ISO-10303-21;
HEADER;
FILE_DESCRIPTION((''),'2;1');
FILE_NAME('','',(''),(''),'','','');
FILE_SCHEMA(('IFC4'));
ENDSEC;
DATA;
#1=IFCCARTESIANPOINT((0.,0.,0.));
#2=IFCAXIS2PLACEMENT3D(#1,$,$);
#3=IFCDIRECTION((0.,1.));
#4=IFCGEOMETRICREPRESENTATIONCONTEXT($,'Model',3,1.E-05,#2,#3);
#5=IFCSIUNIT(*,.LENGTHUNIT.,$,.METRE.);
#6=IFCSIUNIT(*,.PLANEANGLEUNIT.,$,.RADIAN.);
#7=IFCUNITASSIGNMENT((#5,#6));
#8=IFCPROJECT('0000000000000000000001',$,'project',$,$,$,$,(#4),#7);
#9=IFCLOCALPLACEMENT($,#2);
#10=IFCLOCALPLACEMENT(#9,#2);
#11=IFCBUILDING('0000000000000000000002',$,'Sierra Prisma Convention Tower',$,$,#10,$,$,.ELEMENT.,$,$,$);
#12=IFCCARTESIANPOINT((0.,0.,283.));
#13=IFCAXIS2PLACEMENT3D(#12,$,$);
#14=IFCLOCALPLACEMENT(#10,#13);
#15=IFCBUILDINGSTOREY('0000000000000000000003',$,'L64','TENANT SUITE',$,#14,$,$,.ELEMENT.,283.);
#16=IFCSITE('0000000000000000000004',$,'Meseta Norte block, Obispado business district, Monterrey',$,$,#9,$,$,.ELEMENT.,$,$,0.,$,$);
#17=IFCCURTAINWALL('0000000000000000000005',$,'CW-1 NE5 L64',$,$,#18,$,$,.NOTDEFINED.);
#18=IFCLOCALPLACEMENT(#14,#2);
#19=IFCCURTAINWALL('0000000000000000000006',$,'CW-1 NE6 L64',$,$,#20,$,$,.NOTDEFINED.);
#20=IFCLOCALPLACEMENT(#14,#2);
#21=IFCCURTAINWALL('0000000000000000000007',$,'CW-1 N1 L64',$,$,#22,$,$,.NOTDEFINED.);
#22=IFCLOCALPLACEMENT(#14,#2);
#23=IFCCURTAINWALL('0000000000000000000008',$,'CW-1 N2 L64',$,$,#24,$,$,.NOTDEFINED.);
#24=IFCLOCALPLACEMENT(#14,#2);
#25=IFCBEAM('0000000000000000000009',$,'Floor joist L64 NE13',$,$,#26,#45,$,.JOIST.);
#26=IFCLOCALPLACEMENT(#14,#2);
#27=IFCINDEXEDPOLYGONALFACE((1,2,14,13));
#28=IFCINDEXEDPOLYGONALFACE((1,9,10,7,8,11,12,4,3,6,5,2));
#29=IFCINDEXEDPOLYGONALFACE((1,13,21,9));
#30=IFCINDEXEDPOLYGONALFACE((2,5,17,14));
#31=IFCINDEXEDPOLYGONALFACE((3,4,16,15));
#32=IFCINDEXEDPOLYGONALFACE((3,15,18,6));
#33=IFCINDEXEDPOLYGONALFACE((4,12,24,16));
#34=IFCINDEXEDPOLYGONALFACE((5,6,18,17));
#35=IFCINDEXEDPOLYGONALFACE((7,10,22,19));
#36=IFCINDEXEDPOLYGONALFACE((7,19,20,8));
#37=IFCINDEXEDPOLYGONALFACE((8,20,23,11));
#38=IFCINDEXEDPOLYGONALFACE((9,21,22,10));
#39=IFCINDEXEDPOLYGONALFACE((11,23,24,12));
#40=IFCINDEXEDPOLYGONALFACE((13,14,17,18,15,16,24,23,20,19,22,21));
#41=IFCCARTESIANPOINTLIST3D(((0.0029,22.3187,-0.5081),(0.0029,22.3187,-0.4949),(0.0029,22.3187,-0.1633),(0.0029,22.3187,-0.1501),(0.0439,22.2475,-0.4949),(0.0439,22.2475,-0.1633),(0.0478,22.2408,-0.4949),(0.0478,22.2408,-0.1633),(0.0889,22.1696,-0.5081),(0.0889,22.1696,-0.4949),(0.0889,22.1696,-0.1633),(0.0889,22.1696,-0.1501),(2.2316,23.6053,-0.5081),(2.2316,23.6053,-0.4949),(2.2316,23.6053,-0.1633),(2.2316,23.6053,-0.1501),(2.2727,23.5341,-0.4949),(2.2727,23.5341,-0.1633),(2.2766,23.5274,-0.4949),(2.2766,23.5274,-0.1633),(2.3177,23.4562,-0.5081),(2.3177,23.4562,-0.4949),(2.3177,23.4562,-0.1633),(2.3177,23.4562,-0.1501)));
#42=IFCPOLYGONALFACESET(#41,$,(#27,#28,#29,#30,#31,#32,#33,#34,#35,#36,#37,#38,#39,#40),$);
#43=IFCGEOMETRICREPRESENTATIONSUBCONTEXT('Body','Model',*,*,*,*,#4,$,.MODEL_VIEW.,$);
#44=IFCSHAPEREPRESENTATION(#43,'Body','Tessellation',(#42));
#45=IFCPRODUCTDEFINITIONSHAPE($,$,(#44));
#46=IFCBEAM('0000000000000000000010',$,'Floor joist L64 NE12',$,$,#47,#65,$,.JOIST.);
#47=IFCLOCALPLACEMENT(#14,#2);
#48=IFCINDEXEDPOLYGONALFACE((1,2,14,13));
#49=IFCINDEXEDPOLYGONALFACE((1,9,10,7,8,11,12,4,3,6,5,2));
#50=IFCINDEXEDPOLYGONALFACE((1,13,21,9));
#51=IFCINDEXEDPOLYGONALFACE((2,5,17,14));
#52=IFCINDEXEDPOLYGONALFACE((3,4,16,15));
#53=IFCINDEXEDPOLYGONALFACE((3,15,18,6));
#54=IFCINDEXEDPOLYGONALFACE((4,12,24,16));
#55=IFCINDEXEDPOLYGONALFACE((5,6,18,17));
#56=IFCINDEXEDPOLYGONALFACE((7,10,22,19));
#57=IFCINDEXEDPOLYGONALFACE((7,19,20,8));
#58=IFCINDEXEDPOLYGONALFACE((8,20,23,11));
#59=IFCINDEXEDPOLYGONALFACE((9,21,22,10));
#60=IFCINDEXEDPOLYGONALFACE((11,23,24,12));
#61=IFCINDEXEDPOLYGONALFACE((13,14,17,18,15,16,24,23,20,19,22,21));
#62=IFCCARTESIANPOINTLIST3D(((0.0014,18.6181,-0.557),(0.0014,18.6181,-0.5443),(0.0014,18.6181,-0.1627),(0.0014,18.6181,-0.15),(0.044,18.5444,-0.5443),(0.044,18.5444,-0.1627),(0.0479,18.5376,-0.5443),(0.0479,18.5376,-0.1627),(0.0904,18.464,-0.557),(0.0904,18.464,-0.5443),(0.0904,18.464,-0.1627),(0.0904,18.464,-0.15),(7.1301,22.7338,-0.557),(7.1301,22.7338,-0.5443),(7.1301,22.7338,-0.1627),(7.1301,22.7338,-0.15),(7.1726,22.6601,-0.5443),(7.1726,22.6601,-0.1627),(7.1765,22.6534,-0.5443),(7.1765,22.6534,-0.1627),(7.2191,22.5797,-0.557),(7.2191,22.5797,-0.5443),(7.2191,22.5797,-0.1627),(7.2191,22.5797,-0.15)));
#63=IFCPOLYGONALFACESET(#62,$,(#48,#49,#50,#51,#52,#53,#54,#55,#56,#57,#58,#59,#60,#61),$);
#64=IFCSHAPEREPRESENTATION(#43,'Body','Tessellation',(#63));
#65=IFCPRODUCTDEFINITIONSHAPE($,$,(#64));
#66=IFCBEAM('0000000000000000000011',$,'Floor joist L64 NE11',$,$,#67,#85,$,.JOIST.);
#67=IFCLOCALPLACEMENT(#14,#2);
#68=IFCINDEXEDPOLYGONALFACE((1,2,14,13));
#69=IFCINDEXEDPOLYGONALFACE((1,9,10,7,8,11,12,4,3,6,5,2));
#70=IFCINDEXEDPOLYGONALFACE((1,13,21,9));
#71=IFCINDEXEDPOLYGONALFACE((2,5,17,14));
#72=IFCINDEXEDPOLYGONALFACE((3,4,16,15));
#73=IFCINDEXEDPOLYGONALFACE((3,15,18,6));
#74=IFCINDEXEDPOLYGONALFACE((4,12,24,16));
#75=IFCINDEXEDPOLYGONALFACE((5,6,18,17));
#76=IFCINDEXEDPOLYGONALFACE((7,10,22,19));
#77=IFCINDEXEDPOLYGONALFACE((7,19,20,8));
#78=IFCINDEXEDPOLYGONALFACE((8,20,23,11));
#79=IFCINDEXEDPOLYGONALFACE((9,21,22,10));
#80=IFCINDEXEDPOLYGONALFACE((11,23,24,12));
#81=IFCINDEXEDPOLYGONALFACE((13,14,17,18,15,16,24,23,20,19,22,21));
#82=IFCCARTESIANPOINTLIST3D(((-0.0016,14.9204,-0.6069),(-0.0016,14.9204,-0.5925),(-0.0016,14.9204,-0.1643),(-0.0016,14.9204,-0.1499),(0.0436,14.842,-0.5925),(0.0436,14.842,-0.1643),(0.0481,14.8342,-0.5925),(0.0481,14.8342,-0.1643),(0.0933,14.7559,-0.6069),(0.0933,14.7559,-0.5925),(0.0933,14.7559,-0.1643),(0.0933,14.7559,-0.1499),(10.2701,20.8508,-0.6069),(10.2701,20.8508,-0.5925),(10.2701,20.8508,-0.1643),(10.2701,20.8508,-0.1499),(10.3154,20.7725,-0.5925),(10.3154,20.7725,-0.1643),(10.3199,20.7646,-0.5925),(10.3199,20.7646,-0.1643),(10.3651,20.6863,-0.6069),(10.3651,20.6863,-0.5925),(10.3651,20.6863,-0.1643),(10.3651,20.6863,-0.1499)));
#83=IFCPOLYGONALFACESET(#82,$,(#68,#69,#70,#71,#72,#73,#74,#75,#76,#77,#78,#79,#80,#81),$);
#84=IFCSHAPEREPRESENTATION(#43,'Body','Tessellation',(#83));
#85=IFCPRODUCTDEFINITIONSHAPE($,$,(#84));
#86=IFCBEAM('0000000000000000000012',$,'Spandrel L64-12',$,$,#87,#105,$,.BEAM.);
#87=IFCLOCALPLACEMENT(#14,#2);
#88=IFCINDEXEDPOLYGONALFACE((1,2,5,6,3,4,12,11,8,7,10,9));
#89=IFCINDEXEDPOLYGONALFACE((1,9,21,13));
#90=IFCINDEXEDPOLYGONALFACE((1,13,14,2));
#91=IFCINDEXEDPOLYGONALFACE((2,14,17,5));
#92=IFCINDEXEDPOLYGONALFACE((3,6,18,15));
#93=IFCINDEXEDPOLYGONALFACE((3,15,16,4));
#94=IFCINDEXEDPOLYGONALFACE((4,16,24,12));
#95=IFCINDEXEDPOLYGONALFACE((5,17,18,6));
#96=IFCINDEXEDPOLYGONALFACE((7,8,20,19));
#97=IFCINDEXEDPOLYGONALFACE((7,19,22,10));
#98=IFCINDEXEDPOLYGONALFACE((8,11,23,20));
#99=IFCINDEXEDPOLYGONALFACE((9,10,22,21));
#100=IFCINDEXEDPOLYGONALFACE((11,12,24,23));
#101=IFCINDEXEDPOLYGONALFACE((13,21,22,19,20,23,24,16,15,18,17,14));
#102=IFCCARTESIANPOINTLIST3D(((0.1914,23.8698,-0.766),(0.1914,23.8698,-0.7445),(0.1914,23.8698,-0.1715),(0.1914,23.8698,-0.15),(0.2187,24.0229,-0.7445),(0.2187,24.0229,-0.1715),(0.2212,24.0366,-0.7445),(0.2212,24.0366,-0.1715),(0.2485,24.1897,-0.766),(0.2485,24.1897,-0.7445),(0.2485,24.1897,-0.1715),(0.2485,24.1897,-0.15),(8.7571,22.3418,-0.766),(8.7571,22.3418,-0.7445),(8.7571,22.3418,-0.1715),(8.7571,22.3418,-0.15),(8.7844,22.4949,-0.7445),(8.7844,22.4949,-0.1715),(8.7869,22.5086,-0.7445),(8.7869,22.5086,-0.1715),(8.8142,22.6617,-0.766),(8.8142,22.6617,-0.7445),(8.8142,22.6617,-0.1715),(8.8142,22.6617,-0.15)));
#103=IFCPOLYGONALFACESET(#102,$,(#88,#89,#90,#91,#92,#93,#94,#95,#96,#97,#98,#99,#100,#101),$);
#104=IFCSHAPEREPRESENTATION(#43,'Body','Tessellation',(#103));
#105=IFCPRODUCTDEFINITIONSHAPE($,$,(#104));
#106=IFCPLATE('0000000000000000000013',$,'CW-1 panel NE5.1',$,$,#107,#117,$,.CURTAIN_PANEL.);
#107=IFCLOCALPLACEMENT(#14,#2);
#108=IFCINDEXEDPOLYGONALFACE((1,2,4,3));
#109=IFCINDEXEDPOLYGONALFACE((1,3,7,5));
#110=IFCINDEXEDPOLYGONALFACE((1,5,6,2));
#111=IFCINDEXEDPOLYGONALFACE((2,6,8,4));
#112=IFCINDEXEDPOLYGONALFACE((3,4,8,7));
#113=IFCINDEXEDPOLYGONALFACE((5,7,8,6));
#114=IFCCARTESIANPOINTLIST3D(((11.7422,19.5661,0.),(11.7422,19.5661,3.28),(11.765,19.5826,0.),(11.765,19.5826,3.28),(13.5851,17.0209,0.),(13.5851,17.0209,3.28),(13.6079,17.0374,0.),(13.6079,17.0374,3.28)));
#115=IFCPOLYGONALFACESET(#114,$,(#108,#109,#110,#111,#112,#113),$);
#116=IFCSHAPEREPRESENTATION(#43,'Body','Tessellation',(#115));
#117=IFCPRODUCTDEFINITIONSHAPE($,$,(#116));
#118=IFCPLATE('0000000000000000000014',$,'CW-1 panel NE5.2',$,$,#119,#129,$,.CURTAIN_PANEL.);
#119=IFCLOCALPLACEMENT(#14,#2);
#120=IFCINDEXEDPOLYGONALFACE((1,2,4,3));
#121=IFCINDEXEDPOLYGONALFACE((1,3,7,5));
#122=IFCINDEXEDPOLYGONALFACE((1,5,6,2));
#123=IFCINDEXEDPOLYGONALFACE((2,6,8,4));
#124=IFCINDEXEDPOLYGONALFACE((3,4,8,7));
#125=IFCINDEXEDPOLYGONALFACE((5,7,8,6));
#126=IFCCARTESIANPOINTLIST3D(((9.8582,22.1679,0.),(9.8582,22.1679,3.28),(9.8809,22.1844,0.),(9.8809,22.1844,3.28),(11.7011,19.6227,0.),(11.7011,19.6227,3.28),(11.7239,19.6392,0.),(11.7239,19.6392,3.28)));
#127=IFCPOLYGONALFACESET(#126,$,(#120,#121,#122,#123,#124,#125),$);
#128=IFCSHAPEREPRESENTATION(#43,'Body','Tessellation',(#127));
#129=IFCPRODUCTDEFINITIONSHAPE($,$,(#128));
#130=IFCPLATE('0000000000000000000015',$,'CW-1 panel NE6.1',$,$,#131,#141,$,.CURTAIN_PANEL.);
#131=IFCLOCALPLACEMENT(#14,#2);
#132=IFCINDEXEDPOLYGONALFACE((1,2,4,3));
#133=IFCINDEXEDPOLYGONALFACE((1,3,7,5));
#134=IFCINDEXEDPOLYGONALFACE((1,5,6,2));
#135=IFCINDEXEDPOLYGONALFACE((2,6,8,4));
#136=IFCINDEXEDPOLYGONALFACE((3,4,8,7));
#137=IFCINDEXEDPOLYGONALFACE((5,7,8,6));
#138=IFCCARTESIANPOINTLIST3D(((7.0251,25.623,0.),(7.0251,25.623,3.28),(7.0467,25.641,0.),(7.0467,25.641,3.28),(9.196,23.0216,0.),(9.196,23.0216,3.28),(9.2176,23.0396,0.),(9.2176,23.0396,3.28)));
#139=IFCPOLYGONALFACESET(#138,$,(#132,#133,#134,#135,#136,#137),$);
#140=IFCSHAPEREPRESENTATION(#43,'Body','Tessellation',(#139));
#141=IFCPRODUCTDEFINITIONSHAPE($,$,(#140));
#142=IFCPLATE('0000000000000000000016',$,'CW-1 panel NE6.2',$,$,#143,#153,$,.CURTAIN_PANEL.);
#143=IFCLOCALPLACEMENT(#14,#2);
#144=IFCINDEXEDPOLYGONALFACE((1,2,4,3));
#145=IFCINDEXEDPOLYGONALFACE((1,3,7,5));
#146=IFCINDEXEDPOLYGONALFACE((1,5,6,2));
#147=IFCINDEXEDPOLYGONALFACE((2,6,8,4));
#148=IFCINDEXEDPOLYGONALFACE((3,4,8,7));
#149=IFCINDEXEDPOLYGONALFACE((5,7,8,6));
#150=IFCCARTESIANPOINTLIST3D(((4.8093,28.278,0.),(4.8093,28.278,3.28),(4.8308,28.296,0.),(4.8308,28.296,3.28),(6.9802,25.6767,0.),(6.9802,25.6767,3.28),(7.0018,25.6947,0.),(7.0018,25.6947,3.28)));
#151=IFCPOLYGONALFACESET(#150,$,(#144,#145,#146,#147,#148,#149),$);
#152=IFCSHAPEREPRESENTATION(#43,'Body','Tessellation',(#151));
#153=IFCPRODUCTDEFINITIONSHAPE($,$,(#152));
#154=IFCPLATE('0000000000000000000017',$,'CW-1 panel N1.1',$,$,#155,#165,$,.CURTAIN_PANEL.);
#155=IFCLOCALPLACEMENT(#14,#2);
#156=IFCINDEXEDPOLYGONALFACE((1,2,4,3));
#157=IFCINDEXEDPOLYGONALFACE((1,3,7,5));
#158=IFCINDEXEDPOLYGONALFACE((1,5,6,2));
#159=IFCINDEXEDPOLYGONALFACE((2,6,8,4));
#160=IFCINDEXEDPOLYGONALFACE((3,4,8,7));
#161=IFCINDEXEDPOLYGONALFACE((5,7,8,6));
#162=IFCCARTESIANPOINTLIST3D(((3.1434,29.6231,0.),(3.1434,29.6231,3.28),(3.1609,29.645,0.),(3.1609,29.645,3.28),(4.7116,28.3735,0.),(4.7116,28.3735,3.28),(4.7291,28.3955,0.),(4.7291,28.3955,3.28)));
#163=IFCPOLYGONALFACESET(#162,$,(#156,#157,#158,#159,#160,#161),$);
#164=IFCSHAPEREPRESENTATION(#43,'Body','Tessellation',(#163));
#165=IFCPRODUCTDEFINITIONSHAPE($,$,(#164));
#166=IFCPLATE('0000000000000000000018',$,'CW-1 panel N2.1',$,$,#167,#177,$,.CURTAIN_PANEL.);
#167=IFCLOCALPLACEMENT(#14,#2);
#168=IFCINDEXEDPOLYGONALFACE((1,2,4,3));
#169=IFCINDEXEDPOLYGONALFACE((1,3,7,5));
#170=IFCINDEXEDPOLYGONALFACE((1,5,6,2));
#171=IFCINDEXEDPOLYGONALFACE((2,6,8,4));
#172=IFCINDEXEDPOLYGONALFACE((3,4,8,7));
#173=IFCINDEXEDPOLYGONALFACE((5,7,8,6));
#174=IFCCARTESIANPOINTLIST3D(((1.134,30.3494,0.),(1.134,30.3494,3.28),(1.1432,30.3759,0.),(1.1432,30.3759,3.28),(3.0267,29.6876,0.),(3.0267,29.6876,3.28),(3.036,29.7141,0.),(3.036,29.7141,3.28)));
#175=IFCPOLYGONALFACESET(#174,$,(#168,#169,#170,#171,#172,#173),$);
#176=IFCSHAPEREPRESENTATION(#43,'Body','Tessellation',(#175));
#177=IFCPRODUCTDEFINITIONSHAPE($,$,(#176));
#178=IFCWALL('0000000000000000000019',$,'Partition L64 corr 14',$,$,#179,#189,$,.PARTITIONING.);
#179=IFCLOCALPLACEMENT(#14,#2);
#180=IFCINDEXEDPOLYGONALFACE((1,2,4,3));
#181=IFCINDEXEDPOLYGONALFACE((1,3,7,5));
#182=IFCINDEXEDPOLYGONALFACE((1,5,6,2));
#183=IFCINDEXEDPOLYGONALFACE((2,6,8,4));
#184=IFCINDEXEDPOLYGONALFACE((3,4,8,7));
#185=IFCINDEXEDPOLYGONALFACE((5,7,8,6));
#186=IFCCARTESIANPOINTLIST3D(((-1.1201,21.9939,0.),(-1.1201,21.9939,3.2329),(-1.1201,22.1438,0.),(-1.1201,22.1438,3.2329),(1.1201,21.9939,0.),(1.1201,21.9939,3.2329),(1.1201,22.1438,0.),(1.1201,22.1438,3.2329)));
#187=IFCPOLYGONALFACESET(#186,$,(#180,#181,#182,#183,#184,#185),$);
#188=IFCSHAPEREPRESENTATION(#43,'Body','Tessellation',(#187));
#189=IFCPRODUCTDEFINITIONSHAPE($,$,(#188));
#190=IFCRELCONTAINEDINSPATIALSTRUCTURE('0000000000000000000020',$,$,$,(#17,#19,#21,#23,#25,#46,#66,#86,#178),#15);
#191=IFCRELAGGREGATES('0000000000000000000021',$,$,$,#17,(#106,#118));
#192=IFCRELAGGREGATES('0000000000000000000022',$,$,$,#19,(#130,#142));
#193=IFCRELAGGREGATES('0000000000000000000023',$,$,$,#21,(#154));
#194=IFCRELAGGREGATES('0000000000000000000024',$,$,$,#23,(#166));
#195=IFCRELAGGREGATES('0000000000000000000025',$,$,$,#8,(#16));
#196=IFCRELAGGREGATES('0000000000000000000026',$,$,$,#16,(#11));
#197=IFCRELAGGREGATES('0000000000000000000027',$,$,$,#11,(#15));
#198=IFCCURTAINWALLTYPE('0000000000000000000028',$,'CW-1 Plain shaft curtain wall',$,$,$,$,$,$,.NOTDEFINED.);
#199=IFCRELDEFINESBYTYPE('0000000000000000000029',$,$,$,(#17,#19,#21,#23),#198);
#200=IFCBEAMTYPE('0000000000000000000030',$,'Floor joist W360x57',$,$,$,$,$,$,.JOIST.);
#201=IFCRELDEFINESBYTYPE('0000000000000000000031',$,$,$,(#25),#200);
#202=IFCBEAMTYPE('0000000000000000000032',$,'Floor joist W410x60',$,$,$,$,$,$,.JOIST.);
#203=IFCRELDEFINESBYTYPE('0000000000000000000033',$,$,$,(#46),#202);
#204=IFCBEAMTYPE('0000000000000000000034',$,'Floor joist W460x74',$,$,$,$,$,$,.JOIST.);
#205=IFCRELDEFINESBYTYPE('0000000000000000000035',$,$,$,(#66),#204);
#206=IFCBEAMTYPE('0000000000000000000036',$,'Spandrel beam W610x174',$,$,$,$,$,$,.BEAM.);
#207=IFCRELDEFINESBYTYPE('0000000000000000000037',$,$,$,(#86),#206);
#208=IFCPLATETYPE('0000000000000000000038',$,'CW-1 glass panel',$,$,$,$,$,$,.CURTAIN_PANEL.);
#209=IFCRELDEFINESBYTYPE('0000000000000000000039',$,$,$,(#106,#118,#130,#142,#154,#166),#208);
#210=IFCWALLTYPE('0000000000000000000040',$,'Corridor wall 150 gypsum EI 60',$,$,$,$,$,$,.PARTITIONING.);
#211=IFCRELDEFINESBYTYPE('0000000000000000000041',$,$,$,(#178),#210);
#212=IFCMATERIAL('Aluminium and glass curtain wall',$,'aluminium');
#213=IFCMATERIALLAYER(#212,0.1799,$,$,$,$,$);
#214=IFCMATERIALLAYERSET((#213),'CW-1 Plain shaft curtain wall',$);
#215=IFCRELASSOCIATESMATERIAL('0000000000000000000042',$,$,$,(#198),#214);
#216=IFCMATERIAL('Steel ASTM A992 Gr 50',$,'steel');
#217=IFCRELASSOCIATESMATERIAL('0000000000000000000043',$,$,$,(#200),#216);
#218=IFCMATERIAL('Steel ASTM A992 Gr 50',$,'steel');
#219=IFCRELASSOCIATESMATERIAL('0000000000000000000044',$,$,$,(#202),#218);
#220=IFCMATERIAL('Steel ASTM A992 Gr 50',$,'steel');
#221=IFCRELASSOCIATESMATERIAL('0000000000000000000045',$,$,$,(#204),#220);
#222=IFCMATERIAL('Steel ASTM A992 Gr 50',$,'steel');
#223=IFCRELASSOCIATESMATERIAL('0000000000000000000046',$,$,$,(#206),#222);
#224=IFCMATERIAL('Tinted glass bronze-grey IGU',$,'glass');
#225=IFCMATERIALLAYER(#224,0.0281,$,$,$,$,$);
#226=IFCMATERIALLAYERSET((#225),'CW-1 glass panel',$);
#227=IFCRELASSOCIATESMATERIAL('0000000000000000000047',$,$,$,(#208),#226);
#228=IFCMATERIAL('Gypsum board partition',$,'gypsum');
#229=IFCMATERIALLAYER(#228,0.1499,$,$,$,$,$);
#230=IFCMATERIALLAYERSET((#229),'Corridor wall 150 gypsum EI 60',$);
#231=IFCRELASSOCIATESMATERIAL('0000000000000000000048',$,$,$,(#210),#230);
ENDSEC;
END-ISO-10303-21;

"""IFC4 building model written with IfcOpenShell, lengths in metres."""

from ifc_helpers import new_model, si_unit, direction, frame, frame_2d, origin, origin_2d, place, context, subcontext, project, spatial, rectangle, i_section, extrude, material, layer, layer_set, material_profile, profile_set, type_object, element, aggregate, save


model = new_model("IFC4")

# Units and contexts
model_context = context("Model", 3, precision=1e-05, world=origin(), true_north=direction((0.0, 1.0)))
body_context = subcontext(model_context, "Body", "Model", "MODEL_VIEW")
ifc_project = project(units=[si_unit("LENGTHUNIT", "METRE"), si_unit("PLANEANGLEUNIT", "RADIAN")], contexts=[model_context])

# Site, building, storey
site_placement = place(None, origin())
site = spatial("IfcSite", under=ifc_project, at=site_placement, Name="Meseta Norte block, Obispado business district, Monterrey", CompositionType="ELEMENT", RefElevation=0.0)
building_placement = place(site_placement, origin())
building = spatial("IfcBuilding", under=site, at=building_placement, Name="Sierra Prisma Convention Tower", CompositionType="ELEMENT")
storey_placement = place(building_placement, frame((0.0, 0.0, 283.0)))
storey = spatial("IfcBuildingStorey", under=building, at=storey_placement, Name="L64", Description="TENANT SUITE", CompositionType="ELEMENT", Elevation=283.0)

# Curtain wall
ifc_material_1 = material(Name="Aluminium and glass curtain wall", Category="aluminium")
ifc_layer_1 = layer(ifc_material_1, 0.1799)
ifc_layer_set_1 = layer_set([ifc_layer_1], Name="CW-1 Plain shaft curtain wall")
curtain_wall_type = type_object("IfcCurtainWallType", Name="CW-1 Plain shaft curtain wall", PredefinedType="NOTDEFINED", material=ifc_layer_set_1)
curtain_wall_1_placement = place(storey_placement, origin())
curtain_wall_1 = element("IfcCurtainWall", 1, at=curtain_wall_1_placement, inside=storey, type_object=curtain_wall_type, Name="CW-1 NE5 L64", PredefinedType="NOTDEFINED")

# Curtain walls
curtain_wall_2_placement = place(storey_placement, origin())
curtain_wall_2 = element("IfcCurtainWall", 2, at=curtain_wall_2_placement, inside=storey, type_object=curtain_wall_type, Name="CW-1 NE6 L64", PredefinedType="NOTDEFINED")
curtain_wall_3_placement = place(storey_placement, origin())
curtain_wall_3 = element("IfcCurtainWall", 3, at=curtain_wall_3_placement, inside=storey, type_object=curtain_wall_type, Name="CW-1 N1 L64", PredefinedType="NOTDEFINED")
curtain_wall_4_placement = place(storey_placement, origin())
curtain_wall_4 = element("IfcCurtainWall", 4, at=curtain_wall_4_placement, inside=storey, type_object=curtain_wall_type, Name="CW-1 N2 L64", PredefinedType="NOTDEFINED")

# Beams
ifc_material_2 = material(Name="Steel ASTM A992 Gr 50", Category="steel")
ifc_material_profile_1 = material_profile(ifc_material_2, i_section(OverallWidth=0.1721, OverallDepth=0.3579, WebThickness=0.0078, FlangeThickness=0.0132, at=origin_2d()), Name="W360x57")
ifc_profile_set_1 = profile_set([ifc_material_profile_1], Name="Steel ASTM A992 Gr 50")
beam_type_1 = type_object("IfcBeamType", Name="Floor joist W360x57", PredefinedType="JOIST", material=ifc_profile_set_1)
beam_1_placement = place(storey_placement, frame((2.2747, 23.5308, -0.3291), z_axis=(-0.866051, -0.499955, 0.0), x_axis=(0.499955, -0.866051, 0.0)))
element("IfcBeam", 5, at=beam_1_placement, inside=storey, type_object=beam_type_1, Name="Floor joist L64 NE13", PredefinedType="JOIST", context=body_context, shape_type="SweptSolid", body=[
    extrude(i_section(OverallWidth=0.1721, OverallDepth=0.3579, WebThickness=0.0078, FlangeThickness=0.0132, at=origin_2d()), origin(), (0.0, 0.0, 1.0), 2.5735),
])
ifc_material_3 = material(Name="Steel ASTM A992 Gr 50", Category="steel")
ifc_material_profile_2 = material_profile(ifc_material_3, i_section(OverallWidth=0.178, OverallDepth=0.407, WebThickness=0.0078, FlangeThickness=0.0127, at=origin_2d()), Name="W410x60")
ifc_profile_set_2 = profile_set([ifc_material_profile_2], Name="Steel ASTM A992 Gr 50")
beam_type_2 = type_object("IfcBeamType", Name="Floor joist W410x60", PredefinedType="JOIST", material=ifc_profile_set_2)
beam_2_placement = place(storey_placement, frame((7.1746, 22.6567, -0.3535), z_axis=(-0.866026, -0.499999, 0.0), x_axis=(0.499999, -0.866026, 0.0)))
element("IfcBeam", 6, at=beam_2_placement, inside=storey, type_object=beam_type_2, Name="Floor joist L64 NE12", PredefinedType="JOIST", context=body_context, shape_type="SweptSolid", body=[
    extrude(i_section(OverallWidth=0.178, OverallDepth=0.407, WebThickness=0.0078, FlangeThickness=0.0127, at=origin_2d()), origin(), (0.0, 0.0, 1.0), 8.2314),
])
ifc_material_4 = material(Name="Steel ASTM A992 Gr 50", Category="steel")
ifc_material_profile_3 = material_profile(ifc_material_4, i_section(OverallWidth=0.1899, OverallDepth=0.457, WebThickness=0.009, FlangeThickness=0.0144, at=origin_2d()), Name="W460x74")
ifc_profile_set_3 = profile_set([ifc_material_profile_3], Name="Steel ASTM A992 Gr 50")
beam_type_3 = type_object("IfcBeamType", Name="Floor joist W460x74", PredefinedType="JOIST", material=ifc_profile_set_3)
beam_3_placement = place(storey_placement, frame((10.3176, 20.7686, -0.3784), z_axis=(-0.866024, -0.500002, 0.0), x_axis=(0.500002, -0.866024, 0.0)))
element("IfcBeam", 7, at=beam_3_placement, inside=storey, type_object=beam_type_3, Name="Floor joist L64 NE11", PredefinedType="JOIST", context=body_context, shape_type="SweptSolid", body=[
    extrude(i_section(OverallWidth=0.1899, OverallDepth=0.457, WebThickness=0.009, FlangeThickness=0.0144, at=origin_2d()), origin(), (0.0, 0.0, 1.0), 11.8608),
])
ifc_material_5 = material(Name="Steel ASTM A992 Gr 50", Category="steel")
ifc_material_profile_4 = material_profile(ifc_material_5, i_section(OverallWidth=0.325, OverallDepth=0.616, WebThickness=0.0139, FlangeThickness=0.0215, at=origin_2d()), Name="W610x174")
ifc_profile_set_4 = profile_set([ifc_material_profile_4], Name="Steel ASTM A992 Gr 50")
beam_type_4 = type_object("IfcBeamType", Name="Spandrel beam W610x174", PredefinedType="BEAM", material=ifc_profile_set_4)
beam_4_placement = place(storey_placement, frame((8.7856, 22.5017, -0.458), z_axis=(-0.984458, 0.175623, 0.0), x_axis=(-0.175623, -0.984458, 0.0)))
element("IfcBeam", 8, at=beam_4_placement, inside=storey, type_object=beam_type_4, Name="Spandrel L64-12", PredefinedType="BEAM", context=body_context, shape_type="SweptSolid", body=[
    extrude(i_section(OverallWidth=0.325, OverallDepth=0.616, WebThickness=0.0139, FlangeThickness=0.0215, at=origin_2d()), origin(), (0.0, 0.0, 1.0), 8.7009),
])

# Plates
ifc_material_6 = material(Name="Tinted glass bronze-grey IGU", Category="glass")
ifc_layer_2 = layer(ifc_material_6, 0.0281)
ifc_layer_set_2 = layer_set([ifc_layer_2], Name="CW-1 glass panel")
plate_type = type_object("IfcPlateType", Name="CW-1 glass panel", PredefinedType="CURTAIN_PANEL", material=ifc_layer_set_2)
plate_1_placement = place(storey_placement, frame((12.675, 18.3018, 0.0), z_axis=(0.0, 0.0, 1.0), x_axis=(-0.586484, 0.809961, 0.0)))
plate_1 = element("IfcPlate", 9, at=plate_1_placement, type_object=plate_type, Name="CW-1 panel NE5.1", PredefinedType="CURTAIN_PANEL", context=body_context, shape_type="SweptSolid", body=[
    extrude(rectangle(XDim=3.1423, YDim=0.0281, at=origin_2d()), origin(), (0.0, 0.0, 1.0), 3.28),
])
plate_2_placement = place(storey_placement, frame((10.791, 20.9036, 0.0), z_axis=(0.0, 0.0, 1.0), x_axis=(-0.586484, 0.809961, 0.0)))
plate_2 = element("IfcPlate", 10, at=plate_2_placement, type_object=plate_type, Name="CW-1 panel NE5.2", PredefinedType="CURTAIN_PANEL", context=body_context, shape_type="SweptSolid", body=[
    extrude(rectangle(XDim=3.1423, YDim=0.0281, at=origin_2d()), origin(), (0.0, 0.0, 1.0), 3.28),
])
aggregate(curtain_wall_1, [plate_1, plate_2])
plate_3_placement = place(storey_placement, frame((8.1213, 24.3313, 0.0), z_axis=(0.0, 0.0, 1.0), x_axis=(-0.640733, 0.767764, 0.0)))
plate_3 = element("IfcPlate", 11, at=plate_3_placement, type_object=plate_type, Name="CW-1 panel NE6.1", PredefinedType="CURTAIN_PANEL", context=body_context, shape_type="SweptSolid", body=[
    extrude(rectangle(XDim=3.3882, YDim=0.0281, at=origin_2d()), origin(), (0.0, 0.0, 1.0), 3.28),
])
plate_4_placement = place(storey_placement, frame((5.9055, 26.9863, 0.0), z_axis=(0.0, 0.0, 1.0), x_axis=(-0.640733, 0.767764, 0.0)))
plate_4 = element("IfcPlate", 12, at=plate_4_placement, type_object=plate_type, Name="CW-1 panel NE6.2", PredefinedType="CURTAIN_PANEL", context=body_context, shape_type="SweptSolid", body=[
    extrude(rectangle(XDim=3.3882, YDim=0.0281, at=origin_2d()), origin(), (0.0, 0.0, 1.0), 3.28),
])
aggregate(curtain_wall_2, [plate_3, plate_4])
plate_5_placement = place(storey_placement, frame((3.9363, 29.0093, 0.0), z_axis=(0.0, 0.0, 1.0), x_axis=(-0.782093, 0.623161, 0.0)))
plate_5 = element("IfcPlate", 13, at=plate_5_placement, type_object=plate_type, Name="CW-1 panel N1.1", PredefinedType="CURTAIN_PANEL", context=body_context, shape_type="SweptSolid", body=[
    extrude(rectangle(XDim=2.0051, YDim=0.0281, at=origin_2d()), origin(), (0.0, 0.0, 1.0), 3.28),
])
aggregate(curtain_wall_3, [plate_5])
plate_6_placement = place(storey_placement, frame((2.085, 30.0317, 0.0), z_axis=(0.0, 0.0, 1.0), x_axis=(-0.943953, 0.330081, 0.0)))
plate_6 = element("IfcPlate", 14, at=plate_6_placement, type_object=plate_type, Name="CW-1 panel N2.1", PredefinedType="CURTAIN_PANEL", context=body_context, shape_type="SweptSolid", body=[
    extrude(rectangle(XDim=2.0051, YDim=0.0281, at=origin_2d()), origin(), (0.0, 0.0, 1.0), 3.28),
])
aggregate(curtain_wall_4, [plate_6])

# Wall
ifc_material_7 = material(Name="Gypsum board partition", Category="gypsum")
ifc_layer_3 = layer(ifc_material_7, 0.1499)
ifc_layer_set_3 = layer_set([ifc_layer_3], Name="Corridor wall 150 gypsum EI 60")
wall_type = type_object("IfcWallType", Name="Corridor wall 150 gypsum EI 60", PredefinedType="PARTITIONING", material=ifc_layer_set_3)
wall_placement = place(storey_placement, frame((1.1201, 22.0688, 0.0), z_axis=(0.0, 0.0, 1.0), x_axis=(-1.0, 0.0, 0.0)))
element("IfcWall", 15, at=wall_placement, inside=storey, type_object=wall_type, Name="Partition L64 corr 14", PredefinedType="PARTITIONING", context=body_context, shape_type="SweptSolid", body=[
    extrude(rectangle(XDim=2.2402, YDim=0.1499, at=frame_2d((1.1201, 0.0))), origin(), (0.0, 0.0, 1.0), 3.2329),
])

save(model, "model.ifc")
